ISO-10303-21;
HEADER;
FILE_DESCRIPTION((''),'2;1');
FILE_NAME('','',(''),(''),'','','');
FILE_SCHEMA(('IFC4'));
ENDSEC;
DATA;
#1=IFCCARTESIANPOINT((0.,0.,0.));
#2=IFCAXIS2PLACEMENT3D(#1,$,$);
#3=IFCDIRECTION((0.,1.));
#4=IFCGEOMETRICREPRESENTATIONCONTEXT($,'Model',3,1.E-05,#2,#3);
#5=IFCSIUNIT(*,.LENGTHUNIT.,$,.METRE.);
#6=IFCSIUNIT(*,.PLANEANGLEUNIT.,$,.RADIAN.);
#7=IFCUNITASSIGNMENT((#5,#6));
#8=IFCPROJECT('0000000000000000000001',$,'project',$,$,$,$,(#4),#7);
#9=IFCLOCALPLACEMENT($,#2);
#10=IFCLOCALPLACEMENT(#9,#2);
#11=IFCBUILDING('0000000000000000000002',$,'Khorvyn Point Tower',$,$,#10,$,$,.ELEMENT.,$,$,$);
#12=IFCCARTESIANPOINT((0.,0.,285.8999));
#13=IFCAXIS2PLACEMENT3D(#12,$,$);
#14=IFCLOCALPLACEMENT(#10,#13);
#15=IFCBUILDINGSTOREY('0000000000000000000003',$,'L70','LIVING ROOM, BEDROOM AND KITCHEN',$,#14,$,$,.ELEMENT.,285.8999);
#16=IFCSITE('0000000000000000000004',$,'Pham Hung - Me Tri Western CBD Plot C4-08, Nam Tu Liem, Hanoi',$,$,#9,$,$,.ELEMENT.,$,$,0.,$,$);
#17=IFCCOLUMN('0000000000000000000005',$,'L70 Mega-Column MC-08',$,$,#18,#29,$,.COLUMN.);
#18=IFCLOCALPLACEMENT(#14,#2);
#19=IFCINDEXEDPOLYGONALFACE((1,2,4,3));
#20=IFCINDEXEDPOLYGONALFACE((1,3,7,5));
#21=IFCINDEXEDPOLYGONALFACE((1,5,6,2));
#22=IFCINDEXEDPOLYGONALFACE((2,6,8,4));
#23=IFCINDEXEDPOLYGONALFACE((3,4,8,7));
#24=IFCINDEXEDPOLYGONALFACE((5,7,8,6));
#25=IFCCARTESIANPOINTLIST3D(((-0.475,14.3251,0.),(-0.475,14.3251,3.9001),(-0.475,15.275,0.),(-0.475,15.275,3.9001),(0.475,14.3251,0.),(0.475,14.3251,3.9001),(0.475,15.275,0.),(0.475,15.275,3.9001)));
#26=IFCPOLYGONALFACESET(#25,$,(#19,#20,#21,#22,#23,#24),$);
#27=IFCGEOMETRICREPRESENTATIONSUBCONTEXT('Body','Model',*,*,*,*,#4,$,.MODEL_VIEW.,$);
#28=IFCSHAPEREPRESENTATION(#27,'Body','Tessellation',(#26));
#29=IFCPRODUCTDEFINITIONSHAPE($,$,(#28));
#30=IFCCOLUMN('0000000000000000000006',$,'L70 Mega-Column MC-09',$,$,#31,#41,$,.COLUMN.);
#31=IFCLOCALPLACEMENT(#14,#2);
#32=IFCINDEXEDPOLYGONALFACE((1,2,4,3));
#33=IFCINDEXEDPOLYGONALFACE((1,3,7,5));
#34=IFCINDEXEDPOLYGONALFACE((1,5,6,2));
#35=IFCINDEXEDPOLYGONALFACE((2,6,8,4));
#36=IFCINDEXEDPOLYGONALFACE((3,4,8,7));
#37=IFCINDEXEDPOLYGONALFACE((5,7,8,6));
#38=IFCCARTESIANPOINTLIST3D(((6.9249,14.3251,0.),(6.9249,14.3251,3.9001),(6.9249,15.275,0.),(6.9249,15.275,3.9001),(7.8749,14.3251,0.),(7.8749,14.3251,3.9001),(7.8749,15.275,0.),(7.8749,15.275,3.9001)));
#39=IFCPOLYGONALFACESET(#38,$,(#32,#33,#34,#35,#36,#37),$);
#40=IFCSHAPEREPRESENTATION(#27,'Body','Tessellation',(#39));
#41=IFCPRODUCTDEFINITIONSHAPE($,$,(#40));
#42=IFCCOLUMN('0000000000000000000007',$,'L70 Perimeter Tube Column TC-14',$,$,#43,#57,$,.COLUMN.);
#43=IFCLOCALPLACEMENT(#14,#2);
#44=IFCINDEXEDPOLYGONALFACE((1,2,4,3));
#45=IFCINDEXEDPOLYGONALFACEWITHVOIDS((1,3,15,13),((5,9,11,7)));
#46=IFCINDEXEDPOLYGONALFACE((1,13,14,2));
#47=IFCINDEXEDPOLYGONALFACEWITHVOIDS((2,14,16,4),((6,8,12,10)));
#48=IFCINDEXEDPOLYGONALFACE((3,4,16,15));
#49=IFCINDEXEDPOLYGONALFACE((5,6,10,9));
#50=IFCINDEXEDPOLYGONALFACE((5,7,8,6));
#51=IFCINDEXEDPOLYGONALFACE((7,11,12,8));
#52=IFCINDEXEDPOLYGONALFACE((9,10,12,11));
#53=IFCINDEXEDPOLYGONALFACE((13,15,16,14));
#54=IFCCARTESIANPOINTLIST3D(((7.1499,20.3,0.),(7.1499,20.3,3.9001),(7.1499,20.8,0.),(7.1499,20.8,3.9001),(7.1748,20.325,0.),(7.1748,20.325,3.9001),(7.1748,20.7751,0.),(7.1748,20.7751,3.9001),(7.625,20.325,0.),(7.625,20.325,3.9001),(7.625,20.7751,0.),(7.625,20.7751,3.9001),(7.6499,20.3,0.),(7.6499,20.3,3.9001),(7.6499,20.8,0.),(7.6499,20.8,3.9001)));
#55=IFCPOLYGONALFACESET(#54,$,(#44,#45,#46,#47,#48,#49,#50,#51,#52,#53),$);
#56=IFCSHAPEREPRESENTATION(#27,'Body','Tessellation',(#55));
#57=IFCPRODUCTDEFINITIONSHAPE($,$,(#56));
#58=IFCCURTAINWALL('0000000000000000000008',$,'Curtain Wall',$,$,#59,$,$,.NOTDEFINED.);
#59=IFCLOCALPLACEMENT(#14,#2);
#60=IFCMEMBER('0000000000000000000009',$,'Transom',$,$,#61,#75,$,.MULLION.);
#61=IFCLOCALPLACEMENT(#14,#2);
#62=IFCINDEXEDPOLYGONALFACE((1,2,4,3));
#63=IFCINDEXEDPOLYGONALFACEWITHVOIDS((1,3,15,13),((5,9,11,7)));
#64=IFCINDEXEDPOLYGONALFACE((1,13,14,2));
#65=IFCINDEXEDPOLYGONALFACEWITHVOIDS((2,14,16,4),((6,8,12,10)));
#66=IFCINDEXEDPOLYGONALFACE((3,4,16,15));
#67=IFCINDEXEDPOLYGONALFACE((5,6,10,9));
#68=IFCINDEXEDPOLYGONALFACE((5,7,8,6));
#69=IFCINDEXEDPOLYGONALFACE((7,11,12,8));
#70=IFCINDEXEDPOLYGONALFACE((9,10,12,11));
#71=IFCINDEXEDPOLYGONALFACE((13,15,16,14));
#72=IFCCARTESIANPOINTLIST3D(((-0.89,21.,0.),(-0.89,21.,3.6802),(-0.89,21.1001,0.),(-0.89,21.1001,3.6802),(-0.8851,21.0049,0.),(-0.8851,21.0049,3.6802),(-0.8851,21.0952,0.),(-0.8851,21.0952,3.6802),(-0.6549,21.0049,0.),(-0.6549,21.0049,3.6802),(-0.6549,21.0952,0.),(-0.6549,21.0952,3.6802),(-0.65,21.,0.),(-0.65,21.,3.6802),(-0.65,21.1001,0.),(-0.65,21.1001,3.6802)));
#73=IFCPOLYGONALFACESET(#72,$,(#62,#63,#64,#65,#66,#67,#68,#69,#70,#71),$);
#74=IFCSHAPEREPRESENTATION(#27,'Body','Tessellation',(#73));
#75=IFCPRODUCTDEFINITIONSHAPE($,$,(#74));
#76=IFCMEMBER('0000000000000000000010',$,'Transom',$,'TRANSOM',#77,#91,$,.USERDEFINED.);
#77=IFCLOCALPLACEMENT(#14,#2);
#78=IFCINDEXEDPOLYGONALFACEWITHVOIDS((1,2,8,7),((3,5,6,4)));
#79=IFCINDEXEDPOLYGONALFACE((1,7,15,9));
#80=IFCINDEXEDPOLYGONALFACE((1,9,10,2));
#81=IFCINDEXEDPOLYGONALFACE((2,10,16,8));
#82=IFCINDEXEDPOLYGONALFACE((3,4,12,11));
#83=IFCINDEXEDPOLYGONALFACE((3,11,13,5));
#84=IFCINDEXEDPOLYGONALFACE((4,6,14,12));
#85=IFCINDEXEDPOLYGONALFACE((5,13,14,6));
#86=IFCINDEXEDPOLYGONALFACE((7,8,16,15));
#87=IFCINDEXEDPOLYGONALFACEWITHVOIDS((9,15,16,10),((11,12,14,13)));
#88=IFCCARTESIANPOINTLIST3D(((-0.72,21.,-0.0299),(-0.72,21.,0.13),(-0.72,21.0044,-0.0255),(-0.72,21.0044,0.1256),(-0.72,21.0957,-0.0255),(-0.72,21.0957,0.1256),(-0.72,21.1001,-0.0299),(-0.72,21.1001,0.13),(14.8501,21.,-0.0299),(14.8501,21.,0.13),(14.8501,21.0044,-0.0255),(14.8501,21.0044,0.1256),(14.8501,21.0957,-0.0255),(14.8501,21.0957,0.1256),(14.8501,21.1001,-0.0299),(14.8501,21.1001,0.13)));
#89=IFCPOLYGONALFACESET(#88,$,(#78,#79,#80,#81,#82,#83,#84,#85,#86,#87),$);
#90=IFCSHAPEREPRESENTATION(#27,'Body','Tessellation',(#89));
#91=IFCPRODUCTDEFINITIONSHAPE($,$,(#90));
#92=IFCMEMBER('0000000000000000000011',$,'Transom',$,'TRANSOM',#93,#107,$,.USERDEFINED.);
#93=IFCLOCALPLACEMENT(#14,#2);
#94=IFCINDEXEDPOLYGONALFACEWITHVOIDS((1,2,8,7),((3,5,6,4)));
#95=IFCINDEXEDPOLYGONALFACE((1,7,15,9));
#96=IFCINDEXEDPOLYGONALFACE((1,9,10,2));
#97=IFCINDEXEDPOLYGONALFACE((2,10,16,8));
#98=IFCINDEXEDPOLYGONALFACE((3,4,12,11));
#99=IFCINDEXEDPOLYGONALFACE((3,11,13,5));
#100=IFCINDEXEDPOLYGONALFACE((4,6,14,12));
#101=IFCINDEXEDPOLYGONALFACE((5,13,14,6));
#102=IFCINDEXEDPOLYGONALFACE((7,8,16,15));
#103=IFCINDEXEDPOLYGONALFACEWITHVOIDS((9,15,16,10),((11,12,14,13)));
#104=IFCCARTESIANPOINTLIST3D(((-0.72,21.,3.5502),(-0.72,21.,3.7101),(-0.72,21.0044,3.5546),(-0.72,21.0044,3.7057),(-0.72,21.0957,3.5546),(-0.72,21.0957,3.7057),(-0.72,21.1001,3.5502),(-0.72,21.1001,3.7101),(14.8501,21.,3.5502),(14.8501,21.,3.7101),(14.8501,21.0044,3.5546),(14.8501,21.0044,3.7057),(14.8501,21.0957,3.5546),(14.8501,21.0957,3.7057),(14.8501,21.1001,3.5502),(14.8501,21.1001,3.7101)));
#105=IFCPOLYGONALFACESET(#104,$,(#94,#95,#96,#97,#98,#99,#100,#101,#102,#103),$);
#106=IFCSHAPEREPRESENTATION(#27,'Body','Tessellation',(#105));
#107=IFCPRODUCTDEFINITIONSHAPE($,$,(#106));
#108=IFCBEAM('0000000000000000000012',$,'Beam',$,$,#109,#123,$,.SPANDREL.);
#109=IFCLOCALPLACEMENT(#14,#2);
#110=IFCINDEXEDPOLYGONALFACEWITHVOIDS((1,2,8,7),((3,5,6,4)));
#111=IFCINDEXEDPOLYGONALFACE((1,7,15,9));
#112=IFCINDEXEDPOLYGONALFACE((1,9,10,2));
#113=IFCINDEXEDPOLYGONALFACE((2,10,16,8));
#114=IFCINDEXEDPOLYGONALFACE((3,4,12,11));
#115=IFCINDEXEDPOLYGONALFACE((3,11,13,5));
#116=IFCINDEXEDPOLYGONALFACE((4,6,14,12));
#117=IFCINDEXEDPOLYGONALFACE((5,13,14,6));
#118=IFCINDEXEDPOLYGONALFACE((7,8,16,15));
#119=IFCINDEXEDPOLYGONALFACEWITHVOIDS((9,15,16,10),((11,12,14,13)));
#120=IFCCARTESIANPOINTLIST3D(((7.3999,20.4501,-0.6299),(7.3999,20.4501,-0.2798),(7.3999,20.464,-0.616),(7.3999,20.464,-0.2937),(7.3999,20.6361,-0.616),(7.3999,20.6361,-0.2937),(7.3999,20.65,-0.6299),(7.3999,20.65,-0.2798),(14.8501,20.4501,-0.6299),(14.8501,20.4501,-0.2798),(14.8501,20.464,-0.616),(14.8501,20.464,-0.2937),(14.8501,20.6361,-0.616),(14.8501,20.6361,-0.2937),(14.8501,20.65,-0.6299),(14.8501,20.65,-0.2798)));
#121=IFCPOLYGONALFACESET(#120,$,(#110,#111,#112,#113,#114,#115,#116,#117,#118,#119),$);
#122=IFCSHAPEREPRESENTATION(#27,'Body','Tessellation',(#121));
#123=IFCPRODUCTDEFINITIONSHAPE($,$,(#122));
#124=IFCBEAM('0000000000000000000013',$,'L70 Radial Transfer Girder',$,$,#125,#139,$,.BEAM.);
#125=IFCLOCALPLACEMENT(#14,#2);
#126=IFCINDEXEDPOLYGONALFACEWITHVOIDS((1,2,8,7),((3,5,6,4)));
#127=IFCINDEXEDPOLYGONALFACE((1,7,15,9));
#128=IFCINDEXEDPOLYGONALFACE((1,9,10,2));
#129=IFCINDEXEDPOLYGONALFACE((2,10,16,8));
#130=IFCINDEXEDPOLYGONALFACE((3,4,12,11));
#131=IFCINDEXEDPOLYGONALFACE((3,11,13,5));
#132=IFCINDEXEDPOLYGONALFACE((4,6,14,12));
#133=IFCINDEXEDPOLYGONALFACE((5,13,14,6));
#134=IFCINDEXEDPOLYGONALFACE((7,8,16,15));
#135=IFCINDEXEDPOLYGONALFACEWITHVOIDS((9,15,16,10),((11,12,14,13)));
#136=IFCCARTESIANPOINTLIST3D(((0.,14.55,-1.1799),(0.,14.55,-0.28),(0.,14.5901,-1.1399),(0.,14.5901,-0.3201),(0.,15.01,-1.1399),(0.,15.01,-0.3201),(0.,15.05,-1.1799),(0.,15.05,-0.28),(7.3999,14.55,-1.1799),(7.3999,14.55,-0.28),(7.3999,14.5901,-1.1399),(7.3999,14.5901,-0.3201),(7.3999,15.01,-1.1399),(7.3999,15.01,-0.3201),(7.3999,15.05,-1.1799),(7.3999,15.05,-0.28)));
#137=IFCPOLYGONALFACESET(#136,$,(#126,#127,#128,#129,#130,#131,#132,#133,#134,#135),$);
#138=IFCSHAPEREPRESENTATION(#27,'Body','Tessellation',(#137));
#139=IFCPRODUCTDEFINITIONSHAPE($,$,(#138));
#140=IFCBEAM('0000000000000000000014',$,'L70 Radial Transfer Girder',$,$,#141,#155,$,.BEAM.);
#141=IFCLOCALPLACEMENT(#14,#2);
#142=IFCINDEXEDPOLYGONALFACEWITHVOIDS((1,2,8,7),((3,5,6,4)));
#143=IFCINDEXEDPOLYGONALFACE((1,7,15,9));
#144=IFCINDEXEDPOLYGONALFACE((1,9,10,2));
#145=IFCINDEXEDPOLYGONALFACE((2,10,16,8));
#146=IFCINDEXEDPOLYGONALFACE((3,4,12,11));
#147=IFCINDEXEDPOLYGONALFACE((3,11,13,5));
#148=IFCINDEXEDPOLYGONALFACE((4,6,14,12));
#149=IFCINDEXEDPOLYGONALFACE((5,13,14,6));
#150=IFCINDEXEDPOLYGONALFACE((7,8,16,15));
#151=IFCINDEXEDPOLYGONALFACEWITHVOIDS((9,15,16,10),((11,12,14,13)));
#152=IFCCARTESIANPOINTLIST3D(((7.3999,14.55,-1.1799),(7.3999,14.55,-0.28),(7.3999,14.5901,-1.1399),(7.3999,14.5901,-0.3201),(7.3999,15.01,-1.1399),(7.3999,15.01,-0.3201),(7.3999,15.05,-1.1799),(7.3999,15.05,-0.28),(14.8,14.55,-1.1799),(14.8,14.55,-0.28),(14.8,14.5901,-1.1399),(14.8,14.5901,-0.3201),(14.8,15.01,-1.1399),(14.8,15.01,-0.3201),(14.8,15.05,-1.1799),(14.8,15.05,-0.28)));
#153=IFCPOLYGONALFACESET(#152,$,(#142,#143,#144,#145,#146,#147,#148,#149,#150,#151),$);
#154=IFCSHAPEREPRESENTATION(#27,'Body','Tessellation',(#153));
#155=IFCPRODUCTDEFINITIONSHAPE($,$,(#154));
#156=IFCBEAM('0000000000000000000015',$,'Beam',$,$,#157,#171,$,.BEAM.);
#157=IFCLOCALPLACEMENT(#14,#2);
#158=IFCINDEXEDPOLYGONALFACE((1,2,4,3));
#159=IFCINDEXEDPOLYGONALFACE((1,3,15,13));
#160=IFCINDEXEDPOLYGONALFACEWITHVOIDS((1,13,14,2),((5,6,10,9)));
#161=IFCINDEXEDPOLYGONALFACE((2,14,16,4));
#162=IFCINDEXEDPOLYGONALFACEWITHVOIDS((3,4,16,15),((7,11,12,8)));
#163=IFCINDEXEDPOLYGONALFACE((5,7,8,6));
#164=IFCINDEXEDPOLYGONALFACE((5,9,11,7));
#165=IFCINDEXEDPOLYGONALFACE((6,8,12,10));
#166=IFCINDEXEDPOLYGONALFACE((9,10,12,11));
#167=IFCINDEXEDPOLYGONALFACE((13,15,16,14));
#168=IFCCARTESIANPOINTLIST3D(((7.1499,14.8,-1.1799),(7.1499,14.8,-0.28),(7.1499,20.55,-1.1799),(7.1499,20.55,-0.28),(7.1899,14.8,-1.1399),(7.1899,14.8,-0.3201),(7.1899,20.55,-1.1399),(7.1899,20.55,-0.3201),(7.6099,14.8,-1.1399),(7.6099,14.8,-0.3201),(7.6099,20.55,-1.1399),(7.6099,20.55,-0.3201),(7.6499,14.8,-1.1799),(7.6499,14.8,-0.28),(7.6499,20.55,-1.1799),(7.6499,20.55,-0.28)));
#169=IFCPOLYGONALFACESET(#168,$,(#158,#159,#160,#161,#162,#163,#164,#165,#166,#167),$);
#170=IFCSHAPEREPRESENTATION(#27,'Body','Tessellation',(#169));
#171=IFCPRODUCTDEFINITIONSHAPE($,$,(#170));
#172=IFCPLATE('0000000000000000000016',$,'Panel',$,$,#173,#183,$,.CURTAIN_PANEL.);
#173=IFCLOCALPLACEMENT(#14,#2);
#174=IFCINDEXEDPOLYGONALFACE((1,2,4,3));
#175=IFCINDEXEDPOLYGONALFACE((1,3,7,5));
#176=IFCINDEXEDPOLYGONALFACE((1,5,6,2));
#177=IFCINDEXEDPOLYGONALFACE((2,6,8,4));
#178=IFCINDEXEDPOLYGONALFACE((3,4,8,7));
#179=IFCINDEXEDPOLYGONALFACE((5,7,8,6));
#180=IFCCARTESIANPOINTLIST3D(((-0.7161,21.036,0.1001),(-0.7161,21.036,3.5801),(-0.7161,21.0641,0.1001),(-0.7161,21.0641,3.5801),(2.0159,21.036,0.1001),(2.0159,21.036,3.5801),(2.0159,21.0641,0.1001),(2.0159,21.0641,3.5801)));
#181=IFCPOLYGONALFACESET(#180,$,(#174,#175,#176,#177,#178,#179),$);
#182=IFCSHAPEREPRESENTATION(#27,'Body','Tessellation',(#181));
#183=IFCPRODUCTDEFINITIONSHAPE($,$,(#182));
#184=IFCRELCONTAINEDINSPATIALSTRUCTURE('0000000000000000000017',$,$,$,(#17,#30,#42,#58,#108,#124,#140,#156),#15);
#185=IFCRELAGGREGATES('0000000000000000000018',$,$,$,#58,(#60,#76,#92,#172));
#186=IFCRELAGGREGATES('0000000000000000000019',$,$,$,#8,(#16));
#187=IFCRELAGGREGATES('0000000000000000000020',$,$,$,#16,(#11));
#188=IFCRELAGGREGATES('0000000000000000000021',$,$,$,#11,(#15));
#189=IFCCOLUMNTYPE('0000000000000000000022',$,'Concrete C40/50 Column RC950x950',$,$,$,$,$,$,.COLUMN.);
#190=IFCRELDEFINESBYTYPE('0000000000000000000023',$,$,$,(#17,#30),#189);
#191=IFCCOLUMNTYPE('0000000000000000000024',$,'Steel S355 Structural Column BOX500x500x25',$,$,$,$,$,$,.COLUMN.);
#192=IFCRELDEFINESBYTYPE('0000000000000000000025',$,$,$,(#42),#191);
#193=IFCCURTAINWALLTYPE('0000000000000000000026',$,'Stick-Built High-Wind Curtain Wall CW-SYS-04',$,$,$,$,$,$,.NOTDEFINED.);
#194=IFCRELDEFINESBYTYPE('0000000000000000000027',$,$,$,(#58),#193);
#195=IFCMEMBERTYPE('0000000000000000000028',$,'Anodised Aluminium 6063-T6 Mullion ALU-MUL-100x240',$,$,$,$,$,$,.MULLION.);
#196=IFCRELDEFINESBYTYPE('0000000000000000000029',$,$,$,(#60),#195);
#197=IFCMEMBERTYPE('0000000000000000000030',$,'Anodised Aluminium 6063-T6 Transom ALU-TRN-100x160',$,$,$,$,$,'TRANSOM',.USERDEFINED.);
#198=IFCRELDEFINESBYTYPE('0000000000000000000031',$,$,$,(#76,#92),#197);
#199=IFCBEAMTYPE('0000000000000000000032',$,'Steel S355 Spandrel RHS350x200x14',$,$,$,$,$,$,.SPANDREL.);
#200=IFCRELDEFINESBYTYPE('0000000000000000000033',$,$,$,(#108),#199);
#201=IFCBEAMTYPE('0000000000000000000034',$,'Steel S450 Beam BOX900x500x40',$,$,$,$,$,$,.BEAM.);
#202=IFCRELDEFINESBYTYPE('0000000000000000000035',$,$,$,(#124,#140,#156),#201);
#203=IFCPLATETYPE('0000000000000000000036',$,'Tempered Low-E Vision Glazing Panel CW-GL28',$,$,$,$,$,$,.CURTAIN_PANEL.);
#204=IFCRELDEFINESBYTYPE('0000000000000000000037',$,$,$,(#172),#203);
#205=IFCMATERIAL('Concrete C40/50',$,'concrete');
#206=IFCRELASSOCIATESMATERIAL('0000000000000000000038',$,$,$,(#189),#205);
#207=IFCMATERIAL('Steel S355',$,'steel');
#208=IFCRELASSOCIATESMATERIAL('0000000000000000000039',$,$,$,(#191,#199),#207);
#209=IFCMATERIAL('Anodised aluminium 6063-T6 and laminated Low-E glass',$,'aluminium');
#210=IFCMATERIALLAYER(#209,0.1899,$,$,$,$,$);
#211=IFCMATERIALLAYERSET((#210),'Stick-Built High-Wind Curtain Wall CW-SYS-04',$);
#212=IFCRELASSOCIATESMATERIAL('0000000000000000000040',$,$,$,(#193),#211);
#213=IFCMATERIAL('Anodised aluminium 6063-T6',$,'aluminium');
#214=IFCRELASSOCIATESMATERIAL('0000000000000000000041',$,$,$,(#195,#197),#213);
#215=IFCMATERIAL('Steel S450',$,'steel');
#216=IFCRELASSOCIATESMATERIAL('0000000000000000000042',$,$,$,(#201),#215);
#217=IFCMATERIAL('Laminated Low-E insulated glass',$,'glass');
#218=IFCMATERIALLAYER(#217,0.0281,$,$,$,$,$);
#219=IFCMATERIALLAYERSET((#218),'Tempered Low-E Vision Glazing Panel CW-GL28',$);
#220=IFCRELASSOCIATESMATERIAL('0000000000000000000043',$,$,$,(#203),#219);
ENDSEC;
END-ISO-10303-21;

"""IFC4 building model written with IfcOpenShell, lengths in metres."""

from ifc_helpers import new_model, si_unit, direction, frame, origin, origin_2d, place, context, subcontext, project, spatial, rectangle, hollow_rectangle, extrude, material, layer, layer_set, material_profile, profile_set, type_object, element, aggregate, save


model = new_model("IFC4")

# Units and contexts
model_context = context("Model", 3, precision=1e-05, world=origin(), true_north=direction((0.0, 1.0)))
body_context = subcontext(model_context, "Body", "Model", "MODEL_VIEW")
ifc_project = project(units=[si_unit("LENGTHUNIT", "METRE"), si_unit("PLANEANGLEUNIT", "RADIAN")], contexts=[model_context])

# Site, building, storey
site_placement = place(None, origin())
site = spatial("IfcSite", under=ifc_project, at=site_placement, Name="Pham Hung - Me Tri Western CBD Plot C4-08, Nam Tu Liem, Hanoi", CompositionType="ELEMENT", RefElevation=0.0)
building_placement = place(site_placement, origin())
building = spatial("IfcBuilding", under=site, at=building_placement, Name="Khorvyn Point Tower", CompositionType="ELEMENT")
storey_placement = place(building_placement, frame((0.0, 0.0, 285.8999)))
storey = spatial("IfcBuildingStorey", under=building, at=storey_placement, Name="L70", Description="LIVING ROOM, BEDROOM AND KITCHEN", CompositionType="ELEMENT", Elevation=285.8999)

# Columns
ifc_material_1 = material(Name="Concrete C40/50", Category="concrete")
ifc_material_profile_1 = material_profile(ifc_material_1, rectangle(XDim=0.95, YDim=0.95, at=origin_2d()))
ifc_profile_set_1 = profile_set([ifc_material_profile_1], Name="Concrete C40/50 RC950x950")
column_type_1 = type_object("IfcColumnType", Name="Concrete C40/50 Column RC950x950", PredefinedType="COLUMN", material=ifc_profile_set_1)
for number, where, z_axis, x_axis, name in (
    (1, (0.0, 14.8, 0.0), (0.0, 0.0, 1.0), (1.0, 0.0, 0.0), "L70 Mega-Column MC-08"),
    (2, (7.3999, 14.8, 0.0), (0.0, 0.0, 1.0), (1.0, 0.0, 0.0), "L70 Mega-Column MC-09"),
):
    element("IfcColumn", number, at=place(storey_placement, frame(where, z_axis=z_axis, x_axis=x_axis)), inside=storey, type_object=column_type_1, Name=name, PredefinedType="COLUMN", context=body_context, shape_type="SweptSolid", body=[
        extrude(rectangle(XDim=0.95, YDim=0.95, at=origin_2d()), origin(), (0.0, 0.0, 1.0), 3.9001),
    ])
ifc_material_2 = material(Name="Steel S355", Category="steel")
ifc_material_profile_2 = material_profile(ifc_material_2, hollow_rectangle(XDim=0.5, YDim=0.5, WallThickness=0.0249, at=origin_2d()))
ifc_profile_set_2 = profile_set([ifc_material_profile_2], Name="Steel S355 BOX500x500x25")
column_type_2 = type_object("IfcColumnType", Name="Steel S355 Structural Column BOX500x500x25", PredefinedType="COLUMN", material=ifc_profile_set_2)
column_placement = place(storey_placement, frame((7.3999, 20.55, 0.0), z_axis=(0.0, 0.0, 1.0), x_axis=(1.0, 0.0, 0.0)))
element("IfcColumn", 3, at=column_placement, inside=storey, type_object=column_type_2, Name="L70 Perimeter Tube Column TC-14", PredefinedType="COLUMN", context=body_context, shape_type="SweptSolid", body=[
    extrude(hollow_rectangle(XDim=0.5, YDim=0.5, WallThickness=0.0249, at=origin_2d()), origin(), (0.0, 0.0, 1.0), 3.9001),
])

# Curtain wall, members
ifc_material_3 = material(Name="Anodised aluminium 6063-T6 and laminated Low-E glass", Category="aluminium")
ifc_layer_1 = layer(ifc_material_3, 0.1899)
ifc_layer_set_1 = layer_set([ifc_layer_1], Name="Stick-Built High-Wind Curtain Wall CW-SYS-04")
curtain_wall_type = type_object("IfcCurtainWallType", Name="Stick-Built High-Wind Curtain Wall CW-SYS-04", PredefinedType="NOTDEFINED", material=ifc_layer_set_1)
curtain_wall_placement = place(storey_placement, origin())
curtain_wall = element("IfcCurtainWall", 4, at=curtain_wall_placement, inside=storey, type_object=curtain_wall_type, Name="Curtain Wall", PredefinedType="NOTDEFINED")
ifc_material_4 = material(Name="Anodised aluminium 6063-T6", Category="aluminium")
ifc_material_profile_3 = material_profile(ifc_material_4, hollow_rectangle(XDim=0.1001, YDim=0.24, WallThickness=0.0049, at=origin_2d()))
ifc_profile_set_3 = profile_set([ifc_material_profile_3], Name="Anodised aluminium 6063-T6 ALU-MUL-100x240")
member_type_1 = type_object("IfcMemberType", Name="Anodised Aluminium 6063-T6 Mullion ALU-MUL-100x240", PredefinedType="MULLION", material=ifc_profile_set_3)
member_1_placement = place(storey_placement, frame((-0.77, 21.05, 0.0), z_axis=(0.0, 0.0, 1.0), x_axis=(0.0, 1.0, 0.0)))
member_1 = element("IfcMember", 5, at=member_1_placement, type_object=member_type_1, Name="Transom", PredefinedType="MULLION", context=body_context, shape_type="SweptSolid", body=[
    extrude(hollow_rectangle(XDim=0.1001, YDim=0.24, WallThickness=0.0049, at=origin_2d()), origin(), (0.0, 0.0, 1.0), 3.6802),
])
ifc_material_profile_4 = material_profile(ifc_material_4, hollow_rectangle(XDim=0.1001, YDim=0.1599, WallThickness=0.0044, at=origin_2d()))
ifc_profile_set_4 = profile_set([ifc_material_profile_4], Name="Anodised aluminium 6063-T6 ALU-TRN-100x160")
member_type_2 = type_object("IfcMemberType", Name="Anodised Aluminium 6063-T6 Transom ALU-TRN-100x160", ElementType="TRANSOM", PredefinedType="USERDEFINED", material=ifc_profile_set_4)
member_2_placement = place(storey_placement, frame((-0.72, 21.05, 0.05), z_axis=(1.0, 0.0, 0.0), x_axis=(0.0, 1.0, 0.0)))
member_2 = element("IfcMember", 6, at=member_2_placement, type_object=member_type_2, Name="Transom", ObjectType="TRANSOM", PredefinedType="USERDEFINED", context=body_context, shape_type="SweptSolid", body=[
    extrude(hollow_rectangle(XDim=0.1001, YDim=0.1599, WallThickness=0.0044, at=origin_2d()), origin(), (0.0, 0.0, 1.0), 15.5701),
])
member_3_placement = place(storey_placement, frame((-0.72, 21.05, 3.6301), z_axis=(1.0, 0.0, 0.0), x_axis=(0.0, 1.0, 0.0)))
member_3 = element("IfcMember", 7, at=member_3_placement, type_object=member_type_2, Name="Transom", ObjectType="TRANSOM", PredefinedType="USERDEFINED", context=body_context, shape_type="SweptSolid", body=[
    extrude(hollow_rectangle(XDim=0.1001, YDim=0.1599, WallThickness=0.0044, at=origin_2d()), origin(), (0.0, 0.0, 1.0), 15.5701),
])

# Beams
ifc_material_profile_5 = material_profile(ifc_material_2, hollow_rectangle(XDim=0.2, YDim=0.3501, WallThickness=0.0139, at=origin_2d()))
ifc_profile_set_5 = profile_set([ifc_material_profile_5], Name="Steel S355 RHS350x200x14")
beam_type_1 = type_object("IfcBeamType", Name="Steel S355 Spandrel RHS350x200x14", PredefinedType="SPANDREL", material=ifc_profile_set_5)
beam_1_placement = place(storey_placement, frame((7.3999, 20.55, -0.4548), z_axis=(1.0, 0.0, 0.0), x_axis=(0.0, 1.0, 0.0)))
element("IfcBeam", 8, at=beam_1_placement, inside=storey, type_object=beam_type_1, Name="Beam", PredefinedType="SPANDREL", context=body_context, shape_type="SweptSolid", body=[
    extrude(hollow_rectangle(XDim=0.2, YDim=0.3501, WallThickness=0.0139, at=origin_2d()), origin(), (0.0, 0.0, 1.0), 7.4502),
])
ifc_material_5 = material(Name="Steel S450", Category="steel")
ifc_material_profile_6 = material_profile(ifc_material_5, hollow_rectangle(XDim=0.5, YDim=0.8999, WallThickness=0.04, at=origin_2d()))
ifc_profile_set_6 = profile_set([ifc_material_profile_6], Name="Steel S450 BOX900x500x40")
beam_type_2 = type_object("IfcBeamType", Name="Steel S450 Beam BOX900x500x40", PredefinedType="BEAM", material=ifc_profile_set_6)
beam_2_placement = place(storey_placement, frame((0.0, 14.8, -0.73), z_axis=(1.0, 0.0, 0.0), x_axis=(0.0, 1.0, 0.0)))
element("IfcBeam", 9, at=beam_2_placement, inside=storey, type_object=beam_type_2, Name="L70 Radial Transfer Girder", PredefinedType="BEAM", context=body_context, shape_type="SweptSolid", body=[
    extrude(hollow_rectangle(XDim=0.5, YDim=0.8999, WallThickness=0.04, at=origin_2d()), origin(), (0.0, 0.0, 1.0), 7.3999),
])
beam_3_placement = place(storey_placement, frame((7.3999, 14.8, -0.73), z_axis=(1.0, 0.0, 0.0), x_axis=(0.0, 1.0, 0.0)))
element("IfcBeam", 10, at=beam_3_placement, inside=storey, type_object=beam_type_2, Name="L70 Radial Transfer Girder", PredefinedType="BEAM", context=body_context, shape_type="SweptSolid", body=[
    extrude(hollow_rectangle(XDim=0.5, YDim=0.8999, WallThickness=0.04, at=origin_2d()), origin(), (0.0, 0.0, 1.0), 7.4001),
])
beam_4_placement = place(storey_placement, frame((7.3999, 14.8, -0.73), z_axis=(0.0, 1.0, 0.0), x_axis=(-1.0, 0.0, 0.0)))
element("IfcBeam", 11, at=beam_4_placement, inside=storey, type_object=beam_type_2, Name="Beam", PredefinedType="BEAM", context=body_context, shape_type="SweptSolid", body=[
    extrude(hollow_rectangle(XDim=0.5, YDim=0.8999, WallThickness=0.04, at=origin_2d()), origin(), (0.0, 0.0, 1.0), 5.75),
])

# Plate
ifc_material_6 = material(Name="Laminated Low-E insulated glass", Category="glass")
ifc_layer_2 = layer(ifc_material_6, 0.0281)
ifc_layer_set_2 = layer_set([ifc_layer_2], Name="Tempered Low-E Vision Glazing Panel CW-GL28")
plate_type = type_object("IfcPlateType", Name="Tempered Low-E Vision Glazing Panel CW-GL28", PredefinedType="CURTAIN_PANEL", material=ifc_layer_set_2)
plate_1_placement = place(storey_placement, frame((0.6499, 21.05, 0.1001), z_axis=(0.0, 0.0, 1.0), x_axis=(1.0, 0.0, 0.0)))
plate_1 = element("IfcPlate", 12, at=plate_1_placement, type_object=plate_type, Name="Panel", PredefinedType="CURTAIN_PANEL", context=body_context, shape_type="SweptSolid", body=[
    extrude(rectangle(XDim=2.7319, YDim=0.0281, at=origin_2d()), origin(), (0.0, 0.0, 1.0), 3.48),
])
aggregate(curtain_wall, [member_1, member_2, member_3, plate_1])

save(model, "model.ifc")
